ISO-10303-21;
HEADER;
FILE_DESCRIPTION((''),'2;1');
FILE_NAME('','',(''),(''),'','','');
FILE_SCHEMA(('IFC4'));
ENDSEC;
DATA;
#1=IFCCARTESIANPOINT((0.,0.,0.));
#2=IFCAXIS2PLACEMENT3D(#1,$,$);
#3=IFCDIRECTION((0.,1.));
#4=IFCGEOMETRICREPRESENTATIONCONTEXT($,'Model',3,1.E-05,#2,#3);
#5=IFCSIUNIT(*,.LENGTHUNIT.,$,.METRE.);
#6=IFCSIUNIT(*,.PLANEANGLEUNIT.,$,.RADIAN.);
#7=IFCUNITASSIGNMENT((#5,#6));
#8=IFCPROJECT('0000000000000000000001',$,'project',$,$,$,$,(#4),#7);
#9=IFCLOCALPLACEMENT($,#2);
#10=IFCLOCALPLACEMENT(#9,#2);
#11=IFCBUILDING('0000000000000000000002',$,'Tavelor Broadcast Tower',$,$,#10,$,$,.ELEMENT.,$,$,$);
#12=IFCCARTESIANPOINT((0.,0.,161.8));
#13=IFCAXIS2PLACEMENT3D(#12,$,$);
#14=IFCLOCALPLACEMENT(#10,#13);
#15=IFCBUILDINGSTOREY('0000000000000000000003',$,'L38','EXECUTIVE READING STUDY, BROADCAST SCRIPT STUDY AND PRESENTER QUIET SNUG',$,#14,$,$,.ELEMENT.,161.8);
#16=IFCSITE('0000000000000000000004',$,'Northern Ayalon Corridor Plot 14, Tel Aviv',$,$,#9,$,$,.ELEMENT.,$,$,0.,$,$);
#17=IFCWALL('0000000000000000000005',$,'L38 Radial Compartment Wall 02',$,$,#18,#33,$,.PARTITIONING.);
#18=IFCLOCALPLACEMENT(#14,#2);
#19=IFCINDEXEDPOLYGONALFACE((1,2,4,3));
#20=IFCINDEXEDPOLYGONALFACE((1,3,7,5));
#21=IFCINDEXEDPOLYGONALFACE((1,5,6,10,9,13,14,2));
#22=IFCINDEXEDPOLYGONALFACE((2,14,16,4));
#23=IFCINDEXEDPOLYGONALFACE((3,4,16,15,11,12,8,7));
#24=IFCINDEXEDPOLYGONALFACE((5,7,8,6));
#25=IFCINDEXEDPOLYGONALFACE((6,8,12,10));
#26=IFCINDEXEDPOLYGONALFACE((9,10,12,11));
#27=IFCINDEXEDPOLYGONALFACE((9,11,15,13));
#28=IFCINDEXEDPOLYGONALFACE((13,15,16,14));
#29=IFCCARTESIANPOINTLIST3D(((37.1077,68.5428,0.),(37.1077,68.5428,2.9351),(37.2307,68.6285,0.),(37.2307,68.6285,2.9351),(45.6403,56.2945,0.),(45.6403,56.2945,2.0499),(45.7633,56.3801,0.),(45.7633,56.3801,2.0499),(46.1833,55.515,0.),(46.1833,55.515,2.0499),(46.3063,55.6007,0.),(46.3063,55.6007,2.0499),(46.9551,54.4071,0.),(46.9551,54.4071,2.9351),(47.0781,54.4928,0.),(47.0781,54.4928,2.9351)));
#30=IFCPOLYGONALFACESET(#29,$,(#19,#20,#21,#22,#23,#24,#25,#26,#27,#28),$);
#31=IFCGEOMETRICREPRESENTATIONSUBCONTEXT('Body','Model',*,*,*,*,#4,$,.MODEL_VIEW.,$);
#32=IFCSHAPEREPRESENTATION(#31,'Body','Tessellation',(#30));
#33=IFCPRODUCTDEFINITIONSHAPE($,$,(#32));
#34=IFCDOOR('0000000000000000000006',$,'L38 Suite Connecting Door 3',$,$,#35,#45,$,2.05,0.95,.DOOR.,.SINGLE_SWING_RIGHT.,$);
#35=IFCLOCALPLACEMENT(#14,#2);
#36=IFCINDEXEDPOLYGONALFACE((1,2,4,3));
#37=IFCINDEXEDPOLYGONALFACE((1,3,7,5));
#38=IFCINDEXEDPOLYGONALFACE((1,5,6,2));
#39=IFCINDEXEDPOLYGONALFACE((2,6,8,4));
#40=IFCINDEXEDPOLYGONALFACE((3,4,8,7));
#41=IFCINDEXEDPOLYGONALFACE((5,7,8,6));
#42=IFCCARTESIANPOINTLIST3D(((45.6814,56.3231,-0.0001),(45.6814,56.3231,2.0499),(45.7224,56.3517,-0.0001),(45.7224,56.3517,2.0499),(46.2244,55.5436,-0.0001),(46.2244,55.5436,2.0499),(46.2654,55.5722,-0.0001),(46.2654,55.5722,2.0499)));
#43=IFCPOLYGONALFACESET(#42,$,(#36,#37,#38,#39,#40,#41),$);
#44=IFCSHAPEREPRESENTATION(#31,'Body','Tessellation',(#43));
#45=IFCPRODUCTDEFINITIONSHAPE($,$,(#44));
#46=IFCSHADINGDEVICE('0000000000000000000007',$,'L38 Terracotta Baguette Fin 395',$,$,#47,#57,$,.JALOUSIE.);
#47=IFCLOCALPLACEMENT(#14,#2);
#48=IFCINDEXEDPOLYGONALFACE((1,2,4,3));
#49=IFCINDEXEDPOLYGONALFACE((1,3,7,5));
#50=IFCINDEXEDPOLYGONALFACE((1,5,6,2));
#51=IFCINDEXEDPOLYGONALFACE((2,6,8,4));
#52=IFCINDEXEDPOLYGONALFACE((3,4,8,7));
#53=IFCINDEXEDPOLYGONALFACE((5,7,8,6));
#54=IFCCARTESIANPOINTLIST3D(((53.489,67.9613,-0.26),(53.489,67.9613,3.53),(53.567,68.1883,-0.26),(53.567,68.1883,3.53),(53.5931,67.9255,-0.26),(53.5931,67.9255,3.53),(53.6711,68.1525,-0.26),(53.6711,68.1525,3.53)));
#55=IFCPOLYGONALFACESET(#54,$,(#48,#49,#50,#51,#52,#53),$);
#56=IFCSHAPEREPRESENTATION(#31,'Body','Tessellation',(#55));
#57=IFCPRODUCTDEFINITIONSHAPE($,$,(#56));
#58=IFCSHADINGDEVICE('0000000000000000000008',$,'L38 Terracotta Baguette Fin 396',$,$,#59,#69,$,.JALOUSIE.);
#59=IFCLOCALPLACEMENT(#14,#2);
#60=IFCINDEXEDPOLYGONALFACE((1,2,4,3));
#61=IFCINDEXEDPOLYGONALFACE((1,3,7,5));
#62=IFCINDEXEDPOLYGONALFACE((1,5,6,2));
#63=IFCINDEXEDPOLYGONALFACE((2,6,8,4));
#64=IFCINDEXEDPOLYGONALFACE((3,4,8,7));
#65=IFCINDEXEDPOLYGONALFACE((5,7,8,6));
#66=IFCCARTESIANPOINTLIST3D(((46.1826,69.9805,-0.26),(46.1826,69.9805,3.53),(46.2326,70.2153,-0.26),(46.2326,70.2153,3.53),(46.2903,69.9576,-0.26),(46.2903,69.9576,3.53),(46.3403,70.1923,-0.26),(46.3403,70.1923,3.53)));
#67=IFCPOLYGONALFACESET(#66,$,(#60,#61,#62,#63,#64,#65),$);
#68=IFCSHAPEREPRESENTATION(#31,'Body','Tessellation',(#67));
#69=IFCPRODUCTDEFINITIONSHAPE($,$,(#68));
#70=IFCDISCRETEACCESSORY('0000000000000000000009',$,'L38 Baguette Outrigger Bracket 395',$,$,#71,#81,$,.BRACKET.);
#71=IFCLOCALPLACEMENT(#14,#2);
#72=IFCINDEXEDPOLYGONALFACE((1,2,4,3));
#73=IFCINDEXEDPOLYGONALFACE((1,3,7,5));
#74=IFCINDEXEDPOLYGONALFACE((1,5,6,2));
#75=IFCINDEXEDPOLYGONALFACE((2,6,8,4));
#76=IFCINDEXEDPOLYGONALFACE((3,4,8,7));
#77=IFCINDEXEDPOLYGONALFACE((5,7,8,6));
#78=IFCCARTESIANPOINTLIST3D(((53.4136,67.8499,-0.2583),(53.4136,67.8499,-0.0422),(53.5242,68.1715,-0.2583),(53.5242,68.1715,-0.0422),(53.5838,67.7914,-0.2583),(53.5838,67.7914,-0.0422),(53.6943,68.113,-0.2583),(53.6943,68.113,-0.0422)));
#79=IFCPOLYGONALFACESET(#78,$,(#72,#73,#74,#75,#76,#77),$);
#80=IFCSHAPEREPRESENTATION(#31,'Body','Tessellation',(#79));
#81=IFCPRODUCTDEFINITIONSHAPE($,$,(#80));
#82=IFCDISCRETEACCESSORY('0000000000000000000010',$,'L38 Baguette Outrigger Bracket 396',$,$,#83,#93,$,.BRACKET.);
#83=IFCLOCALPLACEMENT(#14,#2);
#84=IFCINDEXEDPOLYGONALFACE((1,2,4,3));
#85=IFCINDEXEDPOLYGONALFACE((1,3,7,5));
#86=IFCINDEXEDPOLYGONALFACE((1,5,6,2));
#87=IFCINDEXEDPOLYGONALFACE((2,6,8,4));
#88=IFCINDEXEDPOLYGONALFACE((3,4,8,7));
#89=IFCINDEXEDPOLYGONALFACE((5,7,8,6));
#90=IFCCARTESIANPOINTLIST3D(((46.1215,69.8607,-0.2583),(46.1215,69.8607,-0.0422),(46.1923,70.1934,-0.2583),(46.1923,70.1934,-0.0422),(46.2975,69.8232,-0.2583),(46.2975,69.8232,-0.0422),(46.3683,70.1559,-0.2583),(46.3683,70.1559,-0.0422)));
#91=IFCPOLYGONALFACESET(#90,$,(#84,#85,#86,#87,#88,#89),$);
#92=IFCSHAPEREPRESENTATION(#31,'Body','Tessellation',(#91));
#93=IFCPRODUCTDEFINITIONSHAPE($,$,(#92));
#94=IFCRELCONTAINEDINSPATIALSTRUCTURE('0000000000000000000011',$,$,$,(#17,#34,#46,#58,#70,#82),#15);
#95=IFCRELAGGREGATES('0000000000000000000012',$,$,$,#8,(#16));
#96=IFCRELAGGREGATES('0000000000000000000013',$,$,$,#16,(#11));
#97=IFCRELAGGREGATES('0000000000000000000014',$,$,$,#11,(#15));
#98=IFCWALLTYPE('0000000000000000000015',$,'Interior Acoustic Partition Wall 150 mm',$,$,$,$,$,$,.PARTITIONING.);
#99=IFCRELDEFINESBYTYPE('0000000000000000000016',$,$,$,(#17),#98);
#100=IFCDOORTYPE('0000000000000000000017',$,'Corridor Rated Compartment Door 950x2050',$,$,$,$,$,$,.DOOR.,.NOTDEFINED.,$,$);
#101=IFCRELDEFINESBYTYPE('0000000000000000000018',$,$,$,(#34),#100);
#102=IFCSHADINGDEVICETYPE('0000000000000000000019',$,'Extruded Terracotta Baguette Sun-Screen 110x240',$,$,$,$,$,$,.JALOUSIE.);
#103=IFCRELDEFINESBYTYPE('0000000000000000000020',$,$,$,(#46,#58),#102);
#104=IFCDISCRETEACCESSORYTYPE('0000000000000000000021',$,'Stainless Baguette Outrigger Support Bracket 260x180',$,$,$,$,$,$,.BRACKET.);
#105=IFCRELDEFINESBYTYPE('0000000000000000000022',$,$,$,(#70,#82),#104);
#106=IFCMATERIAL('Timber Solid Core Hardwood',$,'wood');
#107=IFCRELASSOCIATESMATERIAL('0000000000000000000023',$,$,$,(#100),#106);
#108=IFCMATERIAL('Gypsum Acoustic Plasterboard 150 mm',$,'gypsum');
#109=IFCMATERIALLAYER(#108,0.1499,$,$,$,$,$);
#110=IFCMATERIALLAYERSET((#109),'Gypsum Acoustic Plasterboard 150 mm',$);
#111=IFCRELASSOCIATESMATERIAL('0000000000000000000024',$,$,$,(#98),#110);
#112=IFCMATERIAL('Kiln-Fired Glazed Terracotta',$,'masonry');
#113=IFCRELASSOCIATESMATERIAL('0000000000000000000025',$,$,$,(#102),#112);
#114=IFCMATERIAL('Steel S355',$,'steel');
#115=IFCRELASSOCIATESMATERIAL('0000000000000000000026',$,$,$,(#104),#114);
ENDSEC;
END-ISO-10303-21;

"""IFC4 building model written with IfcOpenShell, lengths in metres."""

from ifc_helpers import new_model, si_unit, direction, frame, frame_2d, origin, origin_2d, place, context, subcontext, project, spatial, rectangle, extrude, source, transform, mapped, material, layer, layer_set, type_object, type_shapes, element, fill, save


model = new_model("IFC4")

# Units and contexts
model_context = context("Model", 3, precision=1e-05, world=origin(), true_north=direction((0.0, 1.0)))
body_context = subcontext(model_context, "Body", "Model", "MODEL_VIEW")
ifc_project = project(units=[si_unit("LENGTHUNIT", "METRE"), si_unit("PLANEANGLEUNIT", "RADIAN")], contexts=[model_context])

# Site, building, storey
site_placement = place(None, origin())
site = spatial("IfcSite", under=ifc_project, at=site_placement, Name="Northern Ayalon Corridor Plot 14, Tel Aviv", CompositionType="ELEMENT", RefElevation=0.0)
building_placement = place(site_placement, origin())
building = spatial("IfcBuilding", under=site, at=building_placement, Name="Tavelor Broadcast Tower", CompositionType="ELEMENT")
storey_placement = place(building_placement, frame((0.0, 0.0, 161.8)))
storey = spatial("IfcBuildingStorey", under=building, at=storey_placement, Name="L38", Description="EXECUTIVE READING STUDY, BROADCAST SCRIPT STUDY AND PRESENTER QUIET SNUG", CompositionType="ELEMENT", Elevation=161.8)

# Shared definitions
ifc_material_1 = material(Name="Steel S355", Category="steel")

# Shared definitions
ifc_material_2 = material(Name="Timber Solid Core Hardwood", Category="wood")
door_type = type_object("IfcDoorType", Name="Corridor Rated Compartment Door 950x2050", OperationType="NOTDEFINED", PredefinedType="DOOR", material=ifc_material_2)

# Shared definitions
ifc_material_3 = material(Name="Gypsum Acoustic Plasterboard 150 mm", Category="gypsum")
ifc_layer_1 = layer(ifc_material_3, 0.1499)
ifc_layer_set_1 = layer_set([ifc_layer_1], Name="Gypsum Acoustic Plasterboard 150 mm")
wall_type_1 = type_object("IfcWallType", Name="Interior Acoustic Partition Wall 150 mm", PredefinedType="PARTITIONING", material=ifc_layer_set_1)

# Wall, opening, door
wall_1_placement = place(storey_placement, frame((47.0166, 54.45, 0.0), z_axis=(0.0, 0.0, 1.0), x_axis=(-0.571606, 0.820528, 0.0)))
wall_1 = element("IfcWall", 1, at=wall_1_placement, inside=storey, type_object=wall_type_1, Name="L38 Radial Compartment Wall 02", PredefinedType="PARTITIONING", context=body_context, shape_type="SweptSolid", body=[
    extrude(rectangle(XDim=17.2275, YDim=0.1499, at=frame_2d((8.6138, 0.0))), origin(), (0.0, 0.0, 1.0), 2.9351),
])
opening_1_placement = place(wall_1_placement, frame((1.3501, 0.0, 0.0)))
opening_1 = element("IfcOpeningElement", 2, at=opening_1_placement, cuts=wall_1, PredefinedType="OPENING", context=body_context, shape_type="SweptSolid", body=[
    extrude(rectangle(XDim=0.95, YDim=2.05, at=frame_2d((0.4751, 1.0249))), frame((0.0, 0.085, 0.0), z_axis=(0.0, -1.0, 0.0), x_axis=(1.0, 0.0, 0.0)), (0.0, 0.0, 1.0), 0.1699),
])
door_1_placement = place(opening_1_placement, origin())
door_1 = element("IfcDoor", 3, at=door_1_placement, inside=storey, type_object=door_type, Name="L38 Suite Connecting Door 3", OperationType="SINGLE_SWING_RIGHT", OverallHeight=2.05, OverallWidth=0.95, PredefinedType="DOOR", context=body_context, shape_type="SweptSolid", body=[
    extrude(rectangle(XDim=0.95, YDim=2.05, at=frame_2d((0.4751, 1.0249))), frame((0.0, 0.0249, 0.0), z_axis=(0.0, -1.0, 0.0), x_axis=(1.0, 0.0, 0.0)), (0.0, 0.0, 1.0), 0.05),
])
fill(opening_1, door_1)

# Shading devices
ifc_material_4 = material(Name="Kiln-Fired Glazed Terracotta", Category="masonry")
shading_device_type = type_object("IfcShadingDeviceType", Name="Extruded Terracotta Baguette Sun-Screen 110x240", PredefinedType="JALOUSIE", material=ifc_material_4)
shared_shape_1 = source(origin(), body_context, "Body", "SweptSolid", [
    extrude(rectangle(XDim=0.1101, YDim=0.24, at=origin_2d()), origin(), (0.0, 0.0, 1.0), 3.79),
])
type_shapes(shading_device_type, [shared_shape_1])
for number, where, z_axis, x_axis, name in (
    (4, (53.5801, 68.0569, -0.26), (0.0, 0.0, 1.0), (-0.945689, 0.325073, 0.0), "L38 Terracotta Baguette Fin 395"),
    (5, (46.2615, 70.0864, -0.26), (0.0, 0.0, 1.0), (-0.978075, 0.208253, 0.0), "L38 Terracotta Baguette Fin 396"),
):
    element("IfcShadingDevice", number, at=place(storey_placement, frame(where, z_axis=z_axis, x_axis=x_axis)), inside=storey, type_object=shading_device_type, Name=name, PredefinedType="JALOUSIE", context=body_context, shape_type="MappedRepresentation", body=[
        mapped(shared_shape_1, transform((0.0, 0.0, 0.0), scale=1.0)),
    ])

# Discrete accessories
discrete_accessory_type = type_object("IfcDiscreteAccessoryType", Name="Stainless Baguette Outrigger Support Bracket 260x180", PredefinedType="BRACKET", material=ifc_material_1)
shared_shape_2 = source(origin(), body_context, "Body", "SweptSolid", [
    extrude(rectangle(XDim=0.1799, YDim=0.3401, at=origin_2d()), origin(), (0.0, 0.0, 1.0), 0.2161),
])
type_shapes(discrete_accessory_type, [shared_shape_2])
for number, where, z_axis, x_axis, name in (
    (6, (53.554, 67.9814, -0.2583), (0.0, 0.0, 1.0), (-0.945689, 0.325073, 0.0), "L38 Baguette Outrigger Bracket 395"),
    (7, (46.2449, 70.0083, -0.2583), (0.0, 0.0, 1.0), (-0.978075, 0.208253, 0.0), "L38 Baguette Outrigger Bracket 396"),
):
    element("IfcDiscreteAccessory", number, at=place(storey_placement, frame(where, z_axis=z_axis, x_axis=x_axis)), inside=storey, type_object=discrete_accessory_type, Name=name, PredefinedType="BRACKET", context=body_context, shape_type="MappedRepresentation", body=[
        mapped(shared_shape_2, transform((0.0, 0.0, 0.0), scale=1.0)),
    ])

save(model, "model.ifc")
